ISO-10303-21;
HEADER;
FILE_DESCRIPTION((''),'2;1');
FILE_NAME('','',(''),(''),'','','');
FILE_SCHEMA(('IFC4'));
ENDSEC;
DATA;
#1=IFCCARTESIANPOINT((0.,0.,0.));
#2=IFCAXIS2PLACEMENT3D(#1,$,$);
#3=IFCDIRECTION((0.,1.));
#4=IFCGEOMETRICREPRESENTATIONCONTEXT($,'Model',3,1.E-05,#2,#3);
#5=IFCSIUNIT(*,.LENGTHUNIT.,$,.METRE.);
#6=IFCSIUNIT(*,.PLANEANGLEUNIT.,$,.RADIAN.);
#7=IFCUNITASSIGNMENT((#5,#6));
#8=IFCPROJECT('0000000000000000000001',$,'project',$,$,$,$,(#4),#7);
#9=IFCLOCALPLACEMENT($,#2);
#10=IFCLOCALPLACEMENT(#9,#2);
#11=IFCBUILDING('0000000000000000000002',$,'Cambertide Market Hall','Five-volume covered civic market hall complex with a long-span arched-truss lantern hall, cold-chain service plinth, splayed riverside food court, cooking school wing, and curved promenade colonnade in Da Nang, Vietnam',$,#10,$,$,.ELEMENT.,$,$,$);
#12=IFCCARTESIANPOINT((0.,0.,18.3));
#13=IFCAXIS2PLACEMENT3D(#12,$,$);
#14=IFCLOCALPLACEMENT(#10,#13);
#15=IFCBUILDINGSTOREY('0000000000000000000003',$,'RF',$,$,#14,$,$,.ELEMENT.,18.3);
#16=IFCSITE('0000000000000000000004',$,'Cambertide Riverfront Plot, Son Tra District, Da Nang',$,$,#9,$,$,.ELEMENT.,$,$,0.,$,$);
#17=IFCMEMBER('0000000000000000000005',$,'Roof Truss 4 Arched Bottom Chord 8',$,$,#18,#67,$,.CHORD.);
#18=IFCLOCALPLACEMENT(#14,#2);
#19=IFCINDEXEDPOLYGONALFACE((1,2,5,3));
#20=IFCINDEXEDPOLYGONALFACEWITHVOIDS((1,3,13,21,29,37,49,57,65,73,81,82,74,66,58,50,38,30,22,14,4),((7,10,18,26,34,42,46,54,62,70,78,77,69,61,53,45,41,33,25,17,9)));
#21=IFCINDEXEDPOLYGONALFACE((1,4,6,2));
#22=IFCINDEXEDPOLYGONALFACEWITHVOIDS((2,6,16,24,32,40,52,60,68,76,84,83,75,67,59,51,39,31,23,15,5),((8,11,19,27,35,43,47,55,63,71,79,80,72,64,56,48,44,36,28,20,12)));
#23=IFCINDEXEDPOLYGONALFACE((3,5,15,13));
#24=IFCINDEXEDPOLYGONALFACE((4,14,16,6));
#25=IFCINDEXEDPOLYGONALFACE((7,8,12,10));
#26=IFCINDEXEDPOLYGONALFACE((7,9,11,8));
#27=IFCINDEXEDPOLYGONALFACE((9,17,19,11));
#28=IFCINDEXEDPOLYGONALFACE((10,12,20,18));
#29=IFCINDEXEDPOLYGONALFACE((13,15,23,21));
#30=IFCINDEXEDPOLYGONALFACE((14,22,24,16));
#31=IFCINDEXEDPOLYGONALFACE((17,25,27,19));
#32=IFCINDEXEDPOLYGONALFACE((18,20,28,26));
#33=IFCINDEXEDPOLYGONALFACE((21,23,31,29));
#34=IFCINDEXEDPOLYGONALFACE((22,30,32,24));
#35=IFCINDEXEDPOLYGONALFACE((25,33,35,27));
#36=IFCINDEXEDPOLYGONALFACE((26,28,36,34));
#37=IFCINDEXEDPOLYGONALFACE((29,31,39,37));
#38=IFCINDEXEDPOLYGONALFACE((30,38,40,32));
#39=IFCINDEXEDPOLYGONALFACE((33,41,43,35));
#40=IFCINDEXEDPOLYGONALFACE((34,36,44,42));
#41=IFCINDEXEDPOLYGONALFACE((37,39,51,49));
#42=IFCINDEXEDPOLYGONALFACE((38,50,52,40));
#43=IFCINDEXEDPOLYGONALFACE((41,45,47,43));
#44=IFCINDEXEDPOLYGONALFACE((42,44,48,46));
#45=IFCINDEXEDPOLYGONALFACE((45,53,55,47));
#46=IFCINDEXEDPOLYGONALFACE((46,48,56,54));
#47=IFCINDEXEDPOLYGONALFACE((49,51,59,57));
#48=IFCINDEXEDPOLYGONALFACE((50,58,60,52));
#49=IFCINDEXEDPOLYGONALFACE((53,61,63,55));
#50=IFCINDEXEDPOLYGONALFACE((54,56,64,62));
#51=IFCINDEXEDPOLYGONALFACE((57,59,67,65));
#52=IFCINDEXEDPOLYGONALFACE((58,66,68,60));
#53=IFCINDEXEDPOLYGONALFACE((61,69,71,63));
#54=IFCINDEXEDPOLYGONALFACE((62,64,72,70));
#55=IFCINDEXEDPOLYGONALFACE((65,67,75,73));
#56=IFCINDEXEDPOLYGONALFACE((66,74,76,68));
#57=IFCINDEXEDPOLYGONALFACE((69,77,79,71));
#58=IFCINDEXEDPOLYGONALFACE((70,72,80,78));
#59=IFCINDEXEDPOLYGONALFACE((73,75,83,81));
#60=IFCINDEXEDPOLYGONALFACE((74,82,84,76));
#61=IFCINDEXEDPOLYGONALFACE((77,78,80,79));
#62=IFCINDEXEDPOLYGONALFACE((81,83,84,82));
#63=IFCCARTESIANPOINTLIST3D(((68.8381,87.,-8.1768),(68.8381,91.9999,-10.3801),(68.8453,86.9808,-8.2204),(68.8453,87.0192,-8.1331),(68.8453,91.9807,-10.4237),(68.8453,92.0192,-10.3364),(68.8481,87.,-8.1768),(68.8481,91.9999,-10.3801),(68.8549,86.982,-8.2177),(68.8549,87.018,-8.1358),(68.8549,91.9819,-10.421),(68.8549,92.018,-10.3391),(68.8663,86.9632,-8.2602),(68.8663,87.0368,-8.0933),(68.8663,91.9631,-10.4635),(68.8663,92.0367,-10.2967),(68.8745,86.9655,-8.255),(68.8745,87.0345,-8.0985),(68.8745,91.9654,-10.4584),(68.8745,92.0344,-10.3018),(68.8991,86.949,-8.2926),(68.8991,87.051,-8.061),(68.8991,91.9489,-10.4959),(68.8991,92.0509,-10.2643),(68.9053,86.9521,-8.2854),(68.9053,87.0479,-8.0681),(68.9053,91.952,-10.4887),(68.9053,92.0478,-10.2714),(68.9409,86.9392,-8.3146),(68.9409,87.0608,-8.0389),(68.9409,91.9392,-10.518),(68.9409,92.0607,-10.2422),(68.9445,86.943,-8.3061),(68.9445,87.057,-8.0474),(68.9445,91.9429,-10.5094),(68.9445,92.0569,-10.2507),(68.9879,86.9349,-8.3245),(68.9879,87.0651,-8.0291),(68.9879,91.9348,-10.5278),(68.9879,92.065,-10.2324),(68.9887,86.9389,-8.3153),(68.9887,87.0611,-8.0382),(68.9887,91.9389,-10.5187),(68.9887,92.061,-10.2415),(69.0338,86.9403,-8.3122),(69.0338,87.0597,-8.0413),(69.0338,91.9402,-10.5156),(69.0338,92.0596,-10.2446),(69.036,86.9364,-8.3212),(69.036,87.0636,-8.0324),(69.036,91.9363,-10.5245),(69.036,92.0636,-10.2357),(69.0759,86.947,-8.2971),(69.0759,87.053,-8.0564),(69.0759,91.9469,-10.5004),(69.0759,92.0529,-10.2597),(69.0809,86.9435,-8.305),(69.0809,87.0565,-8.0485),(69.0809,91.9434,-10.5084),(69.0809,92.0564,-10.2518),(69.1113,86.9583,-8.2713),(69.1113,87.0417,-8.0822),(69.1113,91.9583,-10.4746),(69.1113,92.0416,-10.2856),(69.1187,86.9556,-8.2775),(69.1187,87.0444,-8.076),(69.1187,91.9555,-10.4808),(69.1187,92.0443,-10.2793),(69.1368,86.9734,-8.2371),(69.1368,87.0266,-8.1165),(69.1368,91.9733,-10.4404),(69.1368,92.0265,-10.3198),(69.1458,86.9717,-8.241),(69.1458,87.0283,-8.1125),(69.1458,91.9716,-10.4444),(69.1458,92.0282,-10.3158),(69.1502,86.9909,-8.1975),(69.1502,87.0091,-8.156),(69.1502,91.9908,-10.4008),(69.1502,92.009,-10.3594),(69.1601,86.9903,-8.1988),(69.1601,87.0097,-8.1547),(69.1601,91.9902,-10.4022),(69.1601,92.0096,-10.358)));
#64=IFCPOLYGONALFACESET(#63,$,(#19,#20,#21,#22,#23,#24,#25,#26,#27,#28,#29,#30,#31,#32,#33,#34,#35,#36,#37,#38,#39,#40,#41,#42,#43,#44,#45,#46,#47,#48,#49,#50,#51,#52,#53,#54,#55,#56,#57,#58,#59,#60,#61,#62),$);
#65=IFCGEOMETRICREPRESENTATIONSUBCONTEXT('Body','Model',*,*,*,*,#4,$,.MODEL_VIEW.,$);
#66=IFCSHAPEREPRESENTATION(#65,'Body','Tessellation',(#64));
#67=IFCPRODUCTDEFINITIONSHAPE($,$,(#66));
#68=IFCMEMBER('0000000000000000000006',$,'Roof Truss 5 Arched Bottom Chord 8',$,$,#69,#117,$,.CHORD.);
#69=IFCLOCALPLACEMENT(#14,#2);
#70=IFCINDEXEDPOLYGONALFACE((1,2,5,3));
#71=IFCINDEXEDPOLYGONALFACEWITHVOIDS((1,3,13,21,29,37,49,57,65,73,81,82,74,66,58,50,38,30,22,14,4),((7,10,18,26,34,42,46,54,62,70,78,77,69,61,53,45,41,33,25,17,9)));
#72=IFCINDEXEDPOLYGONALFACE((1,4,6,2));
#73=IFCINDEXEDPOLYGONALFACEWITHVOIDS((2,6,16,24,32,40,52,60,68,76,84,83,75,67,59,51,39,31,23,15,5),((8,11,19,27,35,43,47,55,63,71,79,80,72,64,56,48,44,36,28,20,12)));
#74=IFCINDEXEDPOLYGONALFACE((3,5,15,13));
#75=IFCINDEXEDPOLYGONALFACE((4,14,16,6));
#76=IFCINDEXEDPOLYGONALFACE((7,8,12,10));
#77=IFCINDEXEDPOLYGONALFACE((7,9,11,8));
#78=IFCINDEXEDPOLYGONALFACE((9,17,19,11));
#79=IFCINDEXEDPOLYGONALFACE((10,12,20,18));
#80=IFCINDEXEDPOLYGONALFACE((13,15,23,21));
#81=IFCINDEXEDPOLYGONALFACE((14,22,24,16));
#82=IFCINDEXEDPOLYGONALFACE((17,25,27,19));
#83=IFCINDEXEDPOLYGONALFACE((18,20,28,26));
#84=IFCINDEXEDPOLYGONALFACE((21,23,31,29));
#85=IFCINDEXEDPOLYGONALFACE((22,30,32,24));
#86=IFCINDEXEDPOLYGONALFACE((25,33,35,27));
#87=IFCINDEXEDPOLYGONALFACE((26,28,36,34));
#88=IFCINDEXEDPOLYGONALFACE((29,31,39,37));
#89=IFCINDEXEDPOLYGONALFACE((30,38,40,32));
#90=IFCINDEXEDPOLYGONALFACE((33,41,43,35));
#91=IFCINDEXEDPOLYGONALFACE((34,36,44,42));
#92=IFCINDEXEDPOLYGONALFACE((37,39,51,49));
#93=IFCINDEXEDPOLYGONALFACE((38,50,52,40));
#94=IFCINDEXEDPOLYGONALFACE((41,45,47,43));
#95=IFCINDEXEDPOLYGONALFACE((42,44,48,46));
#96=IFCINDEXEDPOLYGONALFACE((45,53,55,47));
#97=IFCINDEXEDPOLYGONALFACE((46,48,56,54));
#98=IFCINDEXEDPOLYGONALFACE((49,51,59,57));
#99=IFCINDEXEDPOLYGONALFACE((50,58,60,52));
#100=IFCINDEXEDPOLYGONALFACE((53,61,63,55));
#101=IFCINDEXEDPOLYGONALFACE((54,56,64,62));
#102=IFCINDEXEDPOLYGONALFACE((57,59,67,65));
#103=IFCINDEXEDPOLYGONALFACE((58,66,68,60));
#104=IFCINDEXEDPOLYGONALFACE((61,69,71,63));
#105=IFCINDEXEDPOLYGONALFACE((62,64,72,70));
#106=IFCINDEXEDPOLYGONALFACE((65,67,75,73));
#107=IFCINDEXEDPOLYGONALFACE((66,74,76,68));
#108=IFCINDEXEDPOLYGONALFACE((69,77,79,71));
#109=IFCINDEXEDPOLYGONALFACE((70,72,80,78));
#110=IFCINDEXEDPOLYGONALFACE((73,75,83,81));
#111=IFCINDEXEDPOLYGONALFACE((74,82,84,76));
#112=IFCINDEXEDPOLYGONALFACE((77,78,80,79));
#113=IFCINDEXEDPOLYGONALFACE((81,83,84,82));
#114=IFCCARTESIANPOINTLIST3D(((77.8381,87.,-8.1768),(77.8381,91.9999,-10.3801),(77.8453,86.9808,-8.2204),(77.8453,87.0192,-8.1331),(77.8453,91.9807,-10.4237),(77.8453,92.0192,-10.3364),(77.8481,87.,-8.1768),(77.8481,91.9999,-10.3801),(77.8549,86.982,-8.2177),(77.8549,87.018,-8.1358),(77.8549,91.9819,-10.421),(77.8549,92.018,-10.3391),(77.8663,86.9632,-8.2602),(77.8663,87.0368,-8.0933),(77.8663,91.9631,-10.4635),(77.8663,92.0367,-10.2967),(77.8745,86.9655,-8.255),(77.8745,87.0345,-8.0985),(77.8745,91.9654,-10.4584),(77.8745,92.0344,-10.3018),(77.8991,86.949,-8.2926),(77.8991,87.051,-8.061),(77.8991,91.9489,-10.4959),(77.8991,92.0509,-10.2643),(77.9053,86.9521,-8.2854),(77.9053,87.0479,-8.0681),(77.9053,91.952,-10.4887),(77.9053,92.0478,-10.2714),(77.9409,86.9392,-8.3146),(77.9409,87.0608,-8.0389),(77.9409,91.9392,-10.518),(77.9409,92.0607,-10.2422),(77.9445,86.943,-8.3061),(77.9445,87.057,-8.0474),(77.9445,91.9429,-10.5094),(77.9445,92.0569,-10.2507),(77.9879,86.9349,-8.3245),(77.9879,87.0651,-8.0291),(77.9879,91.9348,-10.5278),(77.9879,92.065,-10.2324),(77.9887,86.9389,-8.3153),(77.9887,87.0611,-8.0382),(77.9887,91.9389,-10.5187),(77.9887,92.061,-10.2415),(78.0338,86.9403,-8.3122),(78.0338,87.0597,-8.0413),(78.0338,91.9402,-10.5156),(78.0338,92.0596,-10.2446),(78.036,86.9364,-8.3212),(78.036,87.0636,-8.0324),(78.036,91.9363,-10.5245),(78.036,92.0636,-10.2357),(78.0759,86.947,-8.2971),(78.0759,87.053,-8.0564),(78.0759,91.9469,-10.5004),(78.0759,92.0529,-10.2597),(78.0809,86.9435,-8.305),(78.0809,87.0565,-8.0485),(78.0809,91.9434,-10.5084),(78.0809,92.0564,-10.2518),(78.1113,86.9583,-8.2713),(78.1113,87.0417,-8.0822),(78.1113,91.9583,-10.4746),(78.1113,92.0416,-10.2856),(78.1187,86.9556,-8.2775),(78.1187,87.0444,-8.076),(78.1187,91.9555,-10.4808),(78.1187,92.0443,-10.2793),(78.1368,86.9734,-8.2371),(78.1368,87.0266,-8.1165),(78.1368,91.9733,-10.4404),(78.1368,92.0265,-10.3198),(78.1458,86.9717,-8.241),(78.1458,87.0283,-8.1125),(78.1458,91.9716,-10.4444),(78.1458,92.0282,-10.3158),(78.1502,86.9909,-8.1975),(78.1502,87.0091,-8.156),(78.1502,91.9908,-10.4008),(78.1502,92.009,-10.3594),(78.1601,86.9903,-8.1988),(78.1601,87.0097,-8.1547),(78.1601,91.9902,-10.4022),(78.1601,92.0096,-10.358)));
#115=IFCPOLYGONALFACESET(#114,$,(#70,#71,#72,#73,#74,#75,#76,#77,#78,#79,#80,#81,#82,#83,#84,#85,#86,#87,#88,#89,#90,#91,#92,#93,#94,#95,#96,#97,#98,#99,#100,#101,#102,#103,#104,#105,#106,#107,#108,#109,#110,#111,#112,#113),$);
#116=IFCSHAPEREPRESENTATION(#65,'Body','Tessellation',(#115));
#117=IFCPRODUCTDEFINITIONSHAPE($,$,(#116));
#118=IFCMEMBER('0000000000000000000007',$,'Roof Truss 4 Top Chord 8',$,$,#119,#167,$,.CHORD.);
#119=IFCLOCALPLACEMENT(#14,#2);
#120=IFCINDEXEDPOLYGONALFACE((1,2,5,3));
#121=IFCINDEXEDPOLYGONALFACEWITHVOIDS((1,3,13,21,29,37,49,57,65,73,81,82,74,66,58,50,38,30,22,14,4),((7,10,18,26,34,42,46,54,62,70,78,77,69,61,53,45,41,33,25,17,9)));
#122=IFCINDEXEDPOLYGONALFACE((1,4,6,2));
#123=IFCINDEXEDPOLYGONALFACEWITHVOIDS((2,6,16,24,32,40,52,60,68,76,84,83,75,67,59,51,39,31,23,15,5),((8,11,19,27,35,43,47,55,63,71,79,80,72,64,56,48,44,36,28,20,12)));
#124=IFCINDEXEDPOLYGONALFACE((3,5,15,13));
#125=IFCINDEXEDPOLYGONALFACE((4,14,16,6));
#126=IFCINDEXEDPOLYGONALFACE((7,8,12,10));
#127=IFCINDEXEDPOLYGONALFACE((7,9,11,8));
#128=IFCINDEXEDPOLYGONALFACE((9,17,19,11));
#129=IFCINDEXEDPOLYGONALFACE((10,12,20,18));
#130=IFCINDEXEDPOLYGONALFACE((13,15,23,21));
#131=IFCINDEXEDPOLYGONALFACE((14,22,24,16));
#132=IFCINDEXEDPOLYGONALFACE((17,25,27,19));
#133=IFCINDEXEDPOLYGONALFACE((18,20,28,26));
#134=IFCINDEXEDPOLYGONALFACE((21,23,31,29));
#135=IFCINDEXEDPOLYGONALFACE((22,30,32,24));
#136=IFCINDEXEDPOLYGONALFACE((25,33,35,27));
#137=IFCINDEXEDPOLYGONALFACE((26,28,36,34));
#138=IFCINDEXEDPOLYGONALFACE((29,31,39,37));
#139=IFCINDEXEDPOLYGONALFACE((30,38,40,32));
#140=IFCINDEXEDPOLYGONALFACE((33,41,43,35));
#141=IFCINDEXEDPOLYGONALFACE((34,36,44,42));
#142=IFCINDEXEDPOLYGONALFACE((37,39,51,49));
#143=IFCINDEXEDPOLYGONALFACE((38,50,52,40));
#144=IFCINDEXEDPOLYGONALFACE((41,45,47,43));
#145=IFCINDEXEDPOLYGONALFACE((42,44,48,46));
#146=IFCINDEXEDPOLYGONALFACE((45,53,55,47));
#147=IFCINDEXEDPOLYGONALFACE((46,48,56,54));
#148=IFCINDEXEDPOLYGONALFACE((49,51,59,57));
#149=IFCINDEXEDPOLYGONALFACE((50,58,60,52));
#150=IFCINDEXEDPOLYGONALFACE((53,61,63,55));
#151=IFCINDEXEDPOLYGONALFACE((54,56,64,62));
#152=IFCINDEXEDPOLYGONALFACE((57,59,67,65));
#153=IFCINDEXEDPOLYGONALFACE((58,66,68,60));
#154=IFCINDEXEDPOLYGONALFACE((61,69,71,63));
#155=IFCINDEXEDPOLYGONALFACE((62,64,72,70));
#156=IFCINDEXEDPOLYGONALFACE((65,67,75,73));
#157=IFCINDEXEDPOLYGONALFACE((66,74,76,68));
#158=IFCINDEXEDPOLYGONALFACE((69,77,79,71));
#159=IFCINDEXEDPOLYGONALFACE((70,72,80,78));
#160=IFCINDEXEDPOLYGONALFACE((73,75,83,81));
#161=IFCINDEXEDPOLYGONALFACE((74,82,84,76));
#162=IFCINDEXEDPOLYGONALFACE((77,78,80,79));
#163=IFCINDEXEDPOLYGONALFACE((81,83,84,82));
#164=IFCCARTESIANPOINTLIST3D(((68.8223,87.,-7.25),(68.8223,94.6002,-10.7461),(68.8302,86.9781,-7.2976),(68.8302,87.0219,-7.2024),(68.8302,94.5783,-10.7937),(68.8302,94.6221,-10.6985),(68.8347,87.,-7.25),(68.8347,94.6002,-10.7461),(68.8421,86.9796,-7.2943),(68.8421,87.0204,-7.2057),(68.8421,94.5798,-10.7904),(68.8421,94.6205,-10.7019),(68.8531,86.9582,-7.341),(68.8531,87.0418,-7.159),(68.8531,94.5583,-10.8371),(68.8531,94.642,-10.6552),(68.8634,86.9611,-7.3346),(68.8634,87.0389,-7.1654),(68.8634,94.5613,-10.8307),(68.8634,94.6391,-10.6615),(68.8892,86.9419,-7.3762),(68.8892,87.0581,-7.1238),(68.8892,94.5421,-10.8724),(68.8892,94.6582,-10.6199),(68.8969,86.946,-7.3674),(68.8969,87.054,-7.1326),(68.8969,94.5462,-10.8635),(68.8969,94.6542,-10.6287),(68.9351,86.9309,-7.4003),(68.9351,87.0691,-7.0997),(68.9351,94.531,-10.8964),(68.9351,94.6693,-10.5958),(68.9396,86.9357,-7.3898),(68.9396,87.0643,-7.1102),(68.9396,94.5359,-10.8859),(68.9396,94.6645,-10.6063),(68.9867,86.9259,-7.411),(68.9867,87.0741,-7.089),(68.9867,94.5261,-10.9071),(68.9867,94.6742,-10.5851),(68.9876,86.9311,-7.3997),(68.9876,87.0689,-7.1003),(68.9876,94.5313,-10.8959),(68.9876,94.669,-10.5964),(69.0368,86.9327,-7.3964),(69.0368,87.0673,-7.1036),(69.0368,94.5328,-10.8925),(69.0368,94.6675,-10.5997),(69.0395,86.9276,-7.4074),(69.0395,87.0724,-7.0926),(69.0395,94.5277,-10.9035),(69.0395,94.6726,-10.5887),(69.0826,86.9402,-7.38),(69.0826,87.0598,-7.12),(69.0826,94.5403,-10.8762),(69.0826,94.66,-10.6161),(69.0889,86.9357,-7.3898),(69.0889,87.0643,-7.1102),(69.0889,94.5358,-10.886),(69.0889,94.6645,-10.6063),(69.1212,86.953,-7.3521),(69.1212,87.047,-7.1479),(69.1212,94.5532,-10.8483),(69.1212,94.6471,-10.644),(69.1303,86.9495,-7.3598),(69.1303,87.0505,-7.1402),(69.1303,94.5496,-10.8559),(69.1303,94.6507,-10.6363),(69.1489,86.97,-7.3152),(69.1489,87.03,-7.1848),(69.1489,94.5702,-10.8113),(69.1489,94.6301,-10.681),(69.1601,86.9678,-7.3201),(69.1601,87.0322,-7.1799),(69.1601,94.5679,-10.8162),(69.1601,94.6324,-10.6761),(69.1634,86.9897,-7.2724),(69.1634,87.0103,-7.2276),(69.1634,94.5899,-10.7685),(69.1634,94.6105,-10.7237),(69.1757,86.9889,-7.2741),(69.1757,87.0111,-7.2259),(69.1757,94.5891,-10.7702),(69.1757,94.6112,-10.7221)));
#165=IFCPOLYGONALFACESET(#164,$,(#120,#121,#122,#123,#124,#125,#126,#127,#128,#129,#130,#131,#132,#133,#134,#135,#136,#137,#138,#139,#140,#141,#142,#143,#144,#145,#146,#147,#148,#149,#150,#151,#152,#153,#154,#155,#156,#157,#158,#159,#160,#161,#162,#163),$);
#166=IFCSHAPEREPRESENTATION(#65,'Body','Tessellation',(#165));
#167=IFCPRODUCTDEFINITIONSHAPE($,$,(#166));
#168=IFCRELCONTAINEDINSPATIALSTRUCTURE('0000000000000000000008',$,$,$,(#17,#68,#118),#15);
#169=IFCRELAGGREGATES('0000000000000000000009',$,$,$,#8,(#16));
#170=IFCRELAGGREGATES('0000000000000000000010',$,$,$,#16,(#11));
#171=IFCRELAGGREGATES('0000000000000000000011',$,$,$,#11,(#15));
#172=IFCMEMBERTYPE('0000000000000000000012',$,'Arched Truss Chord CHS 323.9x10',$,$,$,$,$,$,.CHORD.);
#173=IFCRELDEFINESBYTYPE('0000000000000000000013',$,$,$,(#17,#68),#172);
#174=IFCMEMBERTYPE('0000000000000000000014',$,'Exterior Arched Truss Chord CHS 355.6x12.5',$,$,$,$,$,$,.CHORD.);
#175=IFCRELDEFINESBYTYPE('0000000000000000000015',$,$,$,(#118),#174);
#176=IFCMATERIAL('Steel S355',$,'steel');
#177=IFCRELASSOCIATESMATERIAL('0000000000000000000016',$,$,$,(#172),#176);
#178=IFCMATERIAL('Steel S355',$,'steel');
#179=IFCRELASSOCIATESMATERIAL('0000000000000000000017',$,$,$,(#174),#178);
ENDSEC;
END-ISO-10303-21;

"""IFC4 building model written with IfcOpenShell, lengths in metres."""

from ifc_helpers import new_model, si_unit, direction, frame, origin, origin_2d, place, context, subcontext, project, spatial, hollow_circle, extrude, material, material_profile, profile_set, type_object, element, save


model = new_model("IFC4")

# Units and contexts
model_context = context("Model", 3, precision=1e-05, world=origin(), true_north=direction((0.0, 1.0)))
body_context = subcontext(model_context, "Body", "Model", "MODEL_VIEW")
ifc_project = project(units=[si_unit("LENGTHUNIT", "METRE"), si_unit("PLANEANGLEUNIT", "RADIAN")], contexts=[model_context])

# Site, building, storey
site_placement = place(None, origin())
site = spatial("IfcSite", under=ifc_project, at=site_placement, Name="Cambertide Riverfront Plot, Son Tra District, Da Nang", CompositionType="ELEMENT", RefElevation=0.0)
building_placement = place(site_placement, origin())
building = spatial("IfcBuilding", under=site, at=building_placement, Name="Cambertide Market Hall", Description="Five-volume covered civic market hall complex with a long-span arched-truss lantern hall, cold-chain service plinth, splayed riverside food court, cooking school wing, and curved promenade colonnade in Da Nang, Vietnam", CompositionType="ELEMENT")
storey_placement = place(building_placement, frame((0.0, 0.0, 18.3)))
storey = spatial("IfcBuildingStorey", under=building, at=storey_placement, Name="RF", CompositionType="ELEMENT", Elevation=18.3)

# Members
ifc_material_1 = material(Name="Steel S355", Category="steel")
ifc_material_profile_1 = material_profile(ifc_material_1, hollow_circle(Radius=0.1619, WallThickness=0.01, at=origin_2d()), Name="CHS 323.9x10")
ifc_profile_set_1 = profile_set([ifc_material_profile_1], Name="Steel S355")
member_type_1 = type_object("IfcMemberType", Name="Arched Truss Chord CHS 323.9x10", PredefinedType="CHORD", material=ifc_profile_set_1)
for number, where, z_axis, x_axis, name in (
    (1, (69.0, 87.0, -8.1768), (0.0, 0.915088, -0.403255), (-1.0, 0.0, 0.0), "Roof Truss 4 Arched Bottom Chord 8"),
    (2, (78.0, 87.0, -8.1768), (0.0, 0.915088, -0.403255), (-1.0, 0.0, 0.0), "Roof Truss 5 Arched Bottom Chord 8"),
):
    element("IfcMember", number, at=place(storey_placement, frame(where, z_axis=z_axis, x_axis=x_axis)), inside=storey, type_object=member_type_1, Name=name, PredefinedType="CHORD", context=body_context, shape_type="SweptSolid", body=[
        extrude(hollow_circle(Radius=0.1619, WallThickness=0.01, at=origin_2d()), origin(), (0.0, 0.0, 1.0), 5.4639),
    ])
ifc_material_2 = material(Name="Steel S355", Category="steel")
ifc_material_profile_2 = material_profile(ifc_material_2, hollow_circle(Radius=0.1777, WallThickness=0.0125, at=origin_2d()), Name="CHS 355.6x12.5")
ifc_profile_set_2 = profile_set([ifc_material_profile_2], Name="Steel S355")
member_type_2 = type_object("IfcMemberType", Name="Exterior Arched Truss Chord CHS 355.6x12.5", PredefinedType="CHORD", material=ifc_profile_set_2)
for number, where, z_axis, x_axis, name in (
    (3, (69.0, 87.0, -7.25), (0.0, 0.908488, -0.41791), (-1.0, 0.0, 0.0), "Roof Truss 4 Top Chord 8"),
):
    element("IfcMember", number, at=place(storey_placement, frame(where, z_axis=z_axis, x_axis=x_axis)), inside=storey, type_object=member_type_2, Name=name, PredefinedType="CHORD", context=body_context, shape_type="SweptSolid", body=[
        extrude(hollow_circle(Radius=0.1777, WallThickness=0.0125, at=origin_2d()), origin(), (0.0, 0.0, 1.0), 8.3657),
    ])

save(model, "model.ifc")
